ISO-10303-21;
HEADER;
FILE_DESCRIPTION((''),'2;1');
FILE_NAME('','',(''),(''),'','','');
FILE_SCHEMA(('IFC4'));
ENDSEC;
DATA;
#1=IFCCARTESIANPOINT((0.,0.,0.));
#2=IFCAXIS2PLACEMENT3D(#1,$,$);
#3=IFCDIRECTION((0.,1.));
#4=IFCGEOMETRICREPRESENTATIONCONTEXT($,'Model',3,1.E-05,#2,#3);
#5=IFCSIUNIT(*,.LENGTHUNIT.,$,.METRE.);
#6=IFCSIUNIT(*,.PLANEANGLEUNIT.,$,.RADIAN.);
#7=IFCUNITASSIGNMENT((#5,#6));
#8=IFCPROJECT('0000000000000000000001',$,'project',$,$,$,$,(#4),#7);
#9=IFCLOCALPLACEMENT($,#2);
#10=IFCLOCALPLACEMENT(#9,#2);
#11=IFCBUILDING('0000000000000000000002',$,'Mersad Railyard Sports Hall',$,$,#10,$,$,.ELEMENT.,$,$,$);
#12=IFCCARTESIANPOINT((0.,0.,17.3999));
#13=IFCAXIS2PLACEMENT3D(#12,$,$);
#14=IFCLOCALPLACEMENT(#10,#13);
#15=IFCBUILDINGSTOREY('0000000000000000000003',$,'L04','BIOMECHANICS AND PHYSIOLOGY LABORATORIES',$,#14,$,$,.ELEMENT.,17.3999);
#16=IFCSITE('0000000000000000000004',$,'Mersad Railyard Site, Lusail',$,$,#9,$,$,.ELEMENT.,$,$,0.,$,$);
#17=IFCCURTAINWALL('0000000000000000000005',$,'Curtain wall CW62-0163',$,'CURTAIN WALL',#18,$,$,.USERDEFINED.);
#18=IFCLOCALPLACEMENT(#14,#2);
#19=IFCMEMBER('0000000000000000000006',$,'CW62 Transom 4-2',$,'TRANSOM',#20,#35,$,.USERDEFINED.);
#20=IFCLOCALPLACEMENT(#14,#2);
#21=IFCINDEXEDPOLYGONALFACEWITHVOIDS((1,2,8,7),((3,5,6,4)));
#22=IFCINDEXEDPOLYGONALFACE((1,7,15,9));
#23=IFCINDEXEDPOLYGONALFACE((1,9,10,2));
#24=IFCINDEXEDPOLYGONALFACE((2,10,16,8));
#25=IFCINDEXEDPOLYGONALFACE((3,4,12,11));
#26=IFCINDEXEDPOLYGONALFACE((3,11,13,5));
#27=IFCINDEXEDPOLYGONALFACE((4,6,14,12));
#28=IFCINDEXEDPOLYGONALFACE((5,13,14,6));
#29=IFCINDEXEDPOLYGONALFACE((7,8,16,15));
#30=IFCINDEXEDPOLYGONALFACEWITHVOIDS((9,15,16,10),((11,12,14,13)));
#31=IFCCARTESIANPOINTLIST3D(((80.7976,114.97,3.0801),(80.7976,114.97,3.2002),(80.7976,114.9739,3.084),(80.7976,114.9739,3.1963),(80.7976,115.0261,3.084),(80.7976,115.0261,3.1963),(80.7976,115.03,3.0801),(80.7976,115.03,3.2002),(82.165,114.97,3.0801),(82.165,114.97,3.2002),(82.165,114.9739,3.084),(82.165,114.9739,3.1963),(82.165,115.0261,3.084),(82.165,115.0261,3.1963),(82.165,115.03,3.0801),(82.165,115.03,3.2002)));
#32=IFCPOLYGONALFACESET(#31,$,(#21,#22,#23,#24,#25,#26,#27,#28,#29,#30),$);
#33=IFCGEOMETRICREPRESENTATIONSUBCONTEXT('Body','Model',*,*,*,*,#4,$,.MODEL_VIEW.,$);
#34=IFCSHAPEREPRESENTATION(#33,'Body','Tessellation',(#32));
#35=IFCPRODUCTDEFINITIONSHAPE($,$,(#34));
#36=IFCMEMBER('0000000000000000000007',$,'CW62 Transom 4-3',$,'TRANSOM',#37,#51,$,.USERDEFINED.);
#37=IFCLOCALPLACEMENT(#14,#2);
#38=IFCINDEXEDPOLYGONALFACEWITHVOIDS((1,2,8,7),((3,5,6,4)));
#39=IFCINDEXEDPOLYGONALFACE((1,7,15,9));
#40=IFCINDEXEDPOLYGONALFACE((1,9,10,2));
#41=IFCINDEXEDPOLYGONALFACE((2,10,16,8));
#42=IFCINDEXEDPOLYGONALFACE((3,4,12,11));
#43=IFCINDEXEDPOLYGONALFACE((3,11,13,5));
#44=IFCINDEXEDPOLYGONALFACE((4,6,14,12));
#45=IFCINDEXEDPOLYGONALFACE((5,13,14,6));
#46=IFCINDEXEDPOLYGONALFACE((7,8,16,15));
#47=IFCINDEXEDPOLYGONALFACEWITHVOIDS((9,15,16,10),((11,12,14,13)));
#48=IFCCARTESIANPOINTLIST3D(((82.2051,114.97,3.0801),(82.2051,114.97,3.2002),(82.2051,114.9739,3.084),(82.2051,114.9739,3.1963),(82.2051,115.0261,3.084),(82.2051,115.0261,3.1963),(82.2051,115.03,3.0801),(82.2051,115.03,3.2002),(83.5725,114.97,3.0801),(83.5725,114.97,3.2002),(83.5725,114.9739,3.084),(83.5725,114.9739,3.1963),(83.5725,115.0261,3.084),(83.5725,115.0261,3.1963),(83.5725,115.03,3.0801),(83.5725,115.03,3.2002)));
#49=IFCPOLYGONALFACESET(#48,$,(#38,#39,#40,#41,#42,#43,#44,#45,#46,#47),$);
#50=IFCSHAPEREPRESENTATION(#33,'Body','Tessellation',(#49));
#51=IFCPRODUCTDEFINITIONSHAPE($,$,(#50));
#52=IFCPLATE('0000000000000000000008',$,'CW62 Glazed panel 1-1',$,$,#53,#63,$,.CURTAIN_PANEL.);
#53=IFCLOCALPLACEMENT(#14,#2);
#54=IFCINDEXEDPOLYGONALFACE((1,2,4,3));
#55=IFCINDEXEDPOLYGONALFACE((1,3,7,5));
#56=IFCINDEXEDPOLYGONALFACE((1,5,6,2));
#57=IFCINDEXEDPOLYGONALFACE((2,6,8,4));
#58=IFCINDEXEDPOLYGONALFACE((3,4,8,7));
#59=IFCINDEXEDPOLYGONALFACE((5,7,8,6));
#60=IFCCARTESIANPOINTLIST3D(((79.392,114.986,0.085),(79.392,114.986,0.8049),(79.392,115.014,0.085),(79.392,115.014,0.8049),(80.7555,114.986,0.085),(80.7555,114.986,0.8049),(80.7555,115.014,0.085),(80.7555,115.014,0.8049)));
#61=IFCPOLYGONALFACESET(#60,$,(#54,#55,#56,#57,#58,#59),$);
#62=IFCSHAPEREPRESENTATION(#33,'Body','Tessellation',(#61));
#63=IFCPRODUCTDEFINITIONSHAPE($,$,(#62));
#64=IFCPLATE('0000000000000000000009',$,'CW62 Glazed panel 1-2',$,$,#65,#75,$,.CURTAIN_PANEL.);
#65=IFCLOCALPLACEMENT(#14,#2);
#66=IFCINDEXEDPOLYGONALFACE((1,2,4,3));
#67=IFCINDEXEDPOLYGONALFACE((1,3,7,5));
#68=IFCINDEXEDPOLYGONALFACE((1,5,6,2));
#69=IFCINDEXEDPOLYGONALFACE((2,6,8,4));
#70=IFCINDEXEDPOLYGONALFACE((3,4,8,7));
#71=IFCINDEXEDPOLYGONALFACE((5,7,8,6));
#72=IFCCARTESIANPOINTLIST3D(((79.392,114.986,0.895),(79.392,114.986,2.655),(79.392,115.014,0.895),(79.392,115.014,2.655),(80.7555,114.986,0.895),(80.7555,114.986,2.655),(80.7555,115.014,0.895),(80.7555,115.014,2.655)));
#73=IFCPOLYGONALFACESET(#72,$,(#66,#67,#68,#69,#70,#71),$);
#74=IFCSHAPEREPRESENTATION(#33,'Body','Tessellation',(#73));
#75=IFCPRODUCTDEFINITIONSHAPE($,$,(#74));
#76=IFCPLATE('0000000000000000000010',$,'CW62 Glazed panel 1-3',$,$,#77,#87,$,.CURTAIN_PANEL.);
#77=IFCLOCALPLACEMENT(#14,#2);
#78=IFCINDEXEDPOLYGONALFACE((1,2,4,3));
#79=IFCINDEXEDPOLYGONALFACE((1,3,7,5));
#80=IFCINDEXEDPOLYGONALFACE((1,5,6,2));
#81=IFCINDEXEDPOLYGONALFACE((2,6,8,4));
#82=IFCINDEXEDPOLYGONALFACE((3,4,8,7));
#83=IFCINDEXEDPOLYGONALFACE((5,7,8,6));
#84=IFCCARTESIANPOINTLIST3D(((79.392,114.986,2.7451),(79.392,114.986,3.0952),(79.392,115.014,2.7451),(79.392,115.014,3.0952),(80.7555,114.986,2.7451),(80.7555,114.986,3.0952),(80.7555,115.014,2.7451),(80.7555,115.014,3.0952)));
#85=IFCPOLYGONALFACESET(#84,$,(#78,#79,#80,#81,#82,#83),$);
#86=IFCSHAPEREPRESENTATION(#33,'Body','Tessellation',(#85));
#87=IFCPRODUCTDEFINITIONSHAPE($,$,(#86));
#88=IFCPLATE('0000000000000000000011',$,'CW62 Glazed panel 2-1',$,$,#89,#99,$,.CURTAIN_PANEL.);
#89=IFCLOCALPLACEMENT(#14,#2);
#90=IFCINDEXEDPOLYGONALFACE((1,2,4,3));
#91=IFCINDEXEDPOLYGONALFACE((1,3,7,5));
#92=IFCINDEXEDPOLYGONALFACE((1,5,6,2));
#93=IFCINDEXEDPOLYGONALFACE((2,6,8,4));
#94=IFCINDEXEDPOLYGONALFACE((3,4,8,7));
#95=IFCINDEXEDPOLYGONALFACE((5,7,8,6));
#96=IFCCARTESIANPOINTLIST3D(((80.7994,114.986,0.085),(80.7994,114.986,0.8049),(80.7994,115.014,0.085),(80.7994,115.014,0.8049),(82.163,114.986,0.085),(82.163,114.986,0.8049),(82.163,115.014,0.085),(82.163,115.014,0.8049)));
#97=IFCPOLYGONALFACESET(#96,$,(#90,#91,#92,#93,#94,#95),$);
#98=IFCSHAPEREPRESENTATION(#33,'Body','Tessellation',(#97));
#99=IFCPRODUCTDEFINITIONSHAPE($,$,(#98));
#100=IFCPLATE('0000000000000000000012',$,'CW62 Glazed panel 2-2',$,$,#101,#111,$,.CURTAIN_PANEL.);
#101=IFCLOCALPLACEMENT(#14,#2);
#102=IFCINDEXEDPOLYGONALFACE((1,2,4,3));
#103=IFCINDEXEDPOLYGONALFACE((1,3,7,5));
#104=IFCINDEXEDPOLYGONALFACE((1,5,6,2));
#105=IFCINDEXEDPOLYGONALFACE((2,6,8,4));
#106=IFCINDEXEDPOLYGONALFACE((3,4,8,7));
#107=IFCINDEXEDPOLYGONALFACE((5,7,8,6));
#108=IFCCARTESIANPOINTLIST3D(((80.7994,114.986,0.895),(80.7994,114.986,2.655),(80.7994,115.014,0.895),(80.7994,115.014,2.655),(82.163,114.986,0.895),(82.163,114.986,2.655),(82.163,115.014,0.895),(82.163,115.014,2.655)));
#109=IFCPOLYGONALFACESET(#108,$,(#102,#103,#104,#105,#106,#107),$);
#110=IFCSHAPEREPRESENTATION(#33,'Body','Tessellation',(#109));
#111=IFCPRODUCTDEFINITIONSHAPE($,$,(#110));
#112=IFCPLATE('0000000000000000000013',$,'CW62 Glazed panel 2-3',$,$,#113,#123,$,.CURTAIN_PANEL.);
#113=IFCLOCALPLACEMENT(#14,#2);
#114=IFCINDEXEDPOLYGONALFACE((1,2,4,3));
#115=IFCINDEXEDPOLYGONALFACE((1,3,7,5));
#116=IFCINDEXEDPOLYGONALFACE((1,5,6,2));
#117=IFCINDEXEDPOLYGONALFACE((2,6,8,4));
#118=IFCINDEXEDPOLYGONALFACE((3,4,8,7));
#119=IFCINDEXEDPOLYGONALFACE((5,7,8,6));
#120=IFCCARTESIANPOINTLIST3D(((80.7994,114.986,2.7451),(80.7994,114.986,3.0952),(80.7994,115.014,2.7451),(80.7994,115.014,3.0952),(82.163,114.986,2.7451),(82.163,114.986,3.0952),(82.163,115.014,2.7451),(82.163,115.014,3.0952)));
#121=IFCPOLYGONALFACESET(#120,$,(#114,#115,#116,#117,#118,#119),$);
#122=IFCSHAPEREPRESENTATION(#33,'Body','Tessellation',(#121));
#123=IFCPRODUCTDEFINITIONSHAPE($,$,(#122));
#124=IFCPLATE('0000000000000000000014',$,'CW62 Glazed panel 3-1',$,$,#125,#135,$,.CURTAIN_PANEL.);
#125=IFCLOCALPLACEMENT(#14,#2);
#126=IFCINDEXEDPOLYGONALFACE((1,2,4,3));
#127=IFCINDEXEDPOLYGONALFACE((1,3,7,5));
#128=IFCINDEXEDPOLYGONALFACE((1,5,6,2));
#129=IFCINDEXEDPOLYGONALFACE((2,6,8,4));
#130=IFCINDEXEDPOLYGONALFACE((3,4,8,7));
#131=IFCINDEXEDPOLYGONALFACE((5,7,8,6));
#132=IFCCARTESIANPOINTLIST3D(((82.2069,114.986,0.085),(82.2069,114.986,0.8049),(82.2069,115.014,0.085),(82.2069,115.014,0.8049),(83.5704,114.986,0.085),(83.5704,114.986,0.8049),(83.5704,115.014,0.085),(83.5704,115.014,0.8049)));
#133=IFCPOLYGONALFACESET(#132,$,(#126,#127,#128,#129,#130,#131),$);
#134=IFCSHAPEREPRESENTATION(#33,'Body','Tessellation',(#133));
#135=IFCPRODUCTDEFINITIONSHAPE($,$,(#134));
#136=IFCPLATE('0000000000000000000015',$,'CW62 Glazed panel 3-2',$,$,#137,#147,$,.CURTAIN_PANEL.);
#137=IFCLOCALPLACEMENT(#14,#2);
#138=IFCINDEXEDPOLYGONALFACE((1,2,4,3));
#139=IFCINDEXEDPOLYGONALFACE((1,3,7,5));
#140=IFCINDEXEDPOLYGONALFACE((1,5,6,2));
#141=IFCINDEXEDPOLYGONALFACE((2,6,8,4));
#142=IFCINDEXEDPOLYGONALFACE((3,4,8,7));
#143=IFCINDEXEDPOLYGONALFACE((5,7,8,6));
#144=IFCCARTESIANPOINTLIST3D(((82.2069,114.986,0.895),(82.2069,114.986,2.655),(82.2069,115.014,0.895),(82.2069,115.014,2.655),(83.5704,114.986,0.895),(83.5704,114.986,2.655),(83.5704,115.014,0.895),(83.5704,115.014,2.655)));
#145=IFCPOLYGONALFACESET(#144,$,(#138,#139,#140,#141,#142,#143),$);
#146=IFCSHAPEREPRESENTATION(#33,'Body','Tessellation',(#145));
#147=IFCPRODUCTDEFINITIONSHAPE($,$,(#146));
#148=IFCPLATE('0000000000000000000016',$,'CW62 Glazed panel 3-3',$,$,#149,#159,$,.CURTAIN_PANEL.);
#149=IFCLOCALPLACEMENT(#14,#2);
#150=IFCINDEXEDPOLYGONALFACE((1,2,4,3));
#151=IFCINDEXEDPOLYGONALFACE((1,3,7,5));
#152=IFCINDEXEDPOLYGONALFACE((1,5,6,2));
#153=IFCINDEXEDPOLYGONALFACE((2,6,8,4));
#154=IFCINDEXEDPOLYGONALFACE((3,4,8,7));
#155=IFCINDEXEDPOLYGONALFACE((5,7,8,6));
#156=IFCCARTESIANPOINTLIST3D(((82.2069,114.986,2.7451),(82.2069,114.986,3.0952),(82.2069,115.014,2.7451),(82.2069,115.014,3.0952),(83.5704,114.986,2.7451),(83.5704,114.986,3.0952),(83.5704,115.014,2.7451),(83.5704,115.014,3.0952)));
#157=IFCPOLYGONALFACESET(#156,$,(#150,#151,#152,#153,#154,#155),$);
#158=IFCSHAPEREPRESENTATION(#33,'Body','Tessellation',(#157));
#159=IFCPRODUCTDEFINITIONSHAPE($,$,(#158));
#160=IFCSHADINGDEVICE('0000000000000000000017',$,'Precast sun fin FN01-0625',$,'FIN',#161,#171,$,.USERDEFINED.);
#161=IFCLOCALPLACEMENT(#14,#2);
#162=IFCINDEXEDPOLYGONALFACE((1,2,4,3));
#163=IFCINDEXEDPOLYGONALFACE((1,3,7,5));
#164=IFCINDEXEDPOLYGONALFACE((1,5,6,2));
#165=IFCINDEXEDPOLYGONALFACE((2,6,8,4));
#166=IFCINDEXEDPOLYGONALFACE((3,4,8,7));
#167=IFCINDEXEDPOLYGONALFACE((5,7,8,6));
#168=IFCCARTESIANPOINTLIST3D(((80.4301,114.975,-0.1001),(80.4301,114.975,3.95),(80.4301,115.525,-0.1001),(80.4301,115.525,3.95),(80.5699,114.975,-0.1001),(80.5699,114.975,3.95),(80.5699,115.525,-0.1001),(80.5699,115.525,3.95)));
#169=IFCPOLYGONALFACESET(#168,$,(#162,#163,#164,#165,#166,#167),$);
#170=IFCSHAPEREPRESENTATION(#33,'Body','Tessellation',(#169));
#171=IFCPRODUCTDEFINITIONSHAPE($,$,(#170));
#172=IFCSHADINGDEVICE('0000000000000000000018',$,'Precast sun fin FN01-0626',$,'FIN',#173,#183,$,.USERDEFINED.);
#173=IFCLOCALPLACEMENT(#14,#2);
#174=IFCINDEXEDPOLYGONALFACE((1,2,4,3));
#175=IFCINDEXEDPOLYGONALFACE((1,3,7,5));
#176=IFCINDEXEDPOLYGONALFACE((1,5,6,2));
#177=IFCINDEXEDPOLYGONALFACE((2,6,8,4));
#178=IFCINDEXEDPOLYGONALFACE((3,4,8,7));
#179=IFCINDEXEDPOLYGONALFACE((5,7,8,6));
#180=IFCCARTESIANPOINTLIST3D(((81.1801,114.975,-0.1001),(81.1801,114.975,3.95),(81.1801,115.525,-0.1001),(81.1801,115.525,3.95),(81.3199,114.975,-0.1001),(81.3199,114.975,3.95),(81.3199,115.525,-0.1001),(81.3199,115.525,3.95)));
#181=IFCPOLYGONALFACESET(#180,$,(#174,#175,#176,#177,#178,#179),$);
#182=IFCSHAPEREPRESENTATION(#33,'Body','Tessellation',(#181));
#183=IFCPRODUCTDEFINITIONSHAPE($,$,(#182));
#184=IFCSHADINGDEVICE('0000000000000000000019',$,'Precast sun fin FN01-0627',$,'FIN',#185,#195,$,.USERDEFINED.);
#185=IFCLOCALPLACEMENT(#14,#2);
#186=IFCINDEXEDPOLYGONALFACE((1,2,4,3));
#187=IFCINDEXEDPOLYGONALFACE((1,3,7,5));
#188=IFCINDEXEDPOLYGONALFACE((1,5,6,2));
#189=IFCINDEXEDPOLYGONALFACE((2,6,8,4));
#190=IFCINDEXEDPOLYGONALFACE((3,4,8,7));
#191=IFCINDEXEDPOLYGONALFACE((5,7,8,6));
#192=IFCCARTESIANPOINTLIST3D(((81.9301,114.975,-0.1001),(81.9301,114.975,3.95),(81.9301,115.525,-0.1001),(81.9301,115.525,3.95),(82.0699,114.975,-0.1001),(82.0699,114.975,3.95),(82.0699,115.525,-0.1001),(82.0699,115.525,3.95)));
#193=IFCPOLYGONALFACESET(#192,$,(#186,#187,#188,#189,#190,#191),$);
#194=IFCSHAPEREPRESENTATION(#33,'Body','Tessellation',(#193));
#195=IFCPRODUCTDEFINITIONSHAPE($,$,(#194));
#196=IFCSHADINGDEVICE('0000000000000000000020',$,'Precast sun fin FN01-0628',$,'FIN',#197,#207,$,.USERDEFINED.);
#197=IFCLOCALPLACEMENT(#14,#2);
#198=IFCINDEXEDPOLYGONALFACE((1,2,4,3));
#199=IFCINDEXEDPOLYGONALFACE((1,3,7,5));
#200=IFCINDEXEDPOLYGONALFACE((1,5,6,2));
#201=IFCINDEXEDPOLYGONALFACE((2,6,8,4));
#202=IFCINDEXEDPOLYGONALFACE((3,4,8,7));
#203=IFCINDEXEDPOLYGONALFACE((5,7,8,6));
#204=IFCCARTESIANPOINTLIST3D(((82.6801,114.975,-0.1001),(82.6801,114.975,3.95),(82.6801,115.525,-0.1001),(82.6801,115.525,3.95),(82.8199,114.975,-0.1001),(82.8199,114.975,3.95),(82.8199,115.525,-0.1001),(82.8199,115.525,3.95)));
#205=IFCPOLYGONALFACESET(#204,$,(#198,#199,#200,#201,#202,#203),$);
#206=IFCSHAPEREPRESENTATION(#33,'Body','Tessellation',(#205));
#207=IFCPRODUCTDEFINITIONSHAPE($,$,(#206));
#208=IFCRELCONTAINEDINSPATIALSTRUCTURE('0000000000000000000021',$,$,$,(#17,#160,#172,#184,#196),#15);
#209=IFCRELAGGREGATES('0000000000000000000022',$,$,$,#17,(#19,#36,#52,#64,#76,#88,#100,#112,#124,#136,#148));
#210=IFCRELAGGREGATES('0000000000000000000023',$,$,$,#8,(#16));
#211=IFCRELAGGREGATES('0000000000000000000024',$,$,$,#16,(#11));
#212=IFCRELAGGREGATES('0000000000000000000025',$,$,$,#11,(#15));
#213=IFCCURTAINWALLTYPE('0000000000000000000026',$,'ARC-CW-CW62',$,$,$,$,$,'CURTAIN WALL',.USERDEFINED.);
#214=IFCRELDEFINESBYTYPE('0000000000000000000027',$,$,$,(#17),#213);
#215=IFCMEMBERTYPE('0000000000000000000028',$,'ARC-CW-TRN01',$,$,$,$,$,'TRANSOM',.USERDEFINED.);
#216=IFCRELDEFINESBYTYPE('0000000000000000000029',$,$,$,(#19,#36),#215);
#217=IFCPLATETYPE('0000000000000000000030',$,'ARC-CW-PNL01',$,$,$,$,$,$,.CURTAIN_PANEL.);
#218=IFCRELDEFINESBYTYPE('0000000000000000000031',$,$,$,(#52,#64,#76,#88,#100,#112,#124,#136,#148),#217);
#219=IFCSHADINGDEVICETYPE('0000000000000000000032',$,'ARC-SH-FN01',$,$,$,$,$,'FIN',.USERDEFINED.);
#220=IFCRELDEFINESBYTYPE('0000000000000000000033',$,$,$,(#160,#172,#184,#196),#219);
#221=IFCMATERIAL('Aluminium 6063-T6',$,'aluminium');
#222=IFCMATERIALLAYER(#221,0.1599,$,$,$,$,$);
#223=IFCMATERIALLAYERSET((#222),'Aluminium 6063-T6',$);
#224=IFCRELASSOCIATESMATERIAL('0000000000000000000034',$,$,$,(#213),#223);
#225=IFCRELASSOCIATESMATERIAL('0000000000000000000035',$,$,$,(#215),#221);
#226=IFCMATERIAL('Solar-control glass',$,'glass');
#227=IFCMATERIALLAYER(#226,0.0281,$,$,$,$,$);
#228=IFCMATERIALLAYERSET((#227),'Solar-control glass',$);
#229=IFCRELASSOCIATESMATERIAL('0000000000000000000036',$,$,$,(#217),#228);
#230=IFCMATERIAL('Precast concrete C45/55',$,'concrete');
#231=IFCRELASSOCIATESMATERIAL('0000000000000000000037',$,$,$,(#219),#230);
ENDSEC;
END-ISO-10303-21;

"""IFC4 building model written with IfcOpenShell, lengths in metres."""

from ifc_helpers import new_model, si_unit, direction, frame, origin, origin_2d, place, context, subcontext, project, spatial, rectangle, hollow_rectangle, extrude, material, layer, layer_set, material_profile, profile_set, type_object, element, aggregate, save


model = new_model("IFC4")

# Units and contexts
model_context = context("Model", 3, precision=1e-05, world=origin(), true_north=direction((0.0, 1.0)))
body_context = subcontext(model_context, "Body", "Model", "MODEL_VIEW")
ifc_project = project(units=[si_unit("LENGTHUNIT", "METRE"), si_unit("PLANEANGLEUNIT", "RADIAN")], contexts=[model_context])

# Site, building, storey
site_placement = place(None, origin())
site = spatial("IfcSite", under=ifc_project, at=site_placement, Name="Mersad Railyard Site, Lusail", CompositionType="ELEMENT", RefElevation=0.0)
building_placement = place(site_placement, origin())
building = spatial("IfcBuilding", under=site, at=building_placement, Name="Mersad Railyard Sports Hall", CompositionType="ELEMENT")
storey_placement = place(building_placement, frame((0.0, 0.0, 17.3999)))
storey = spatial("IfcBuildingStorey", under=building, at=storey_placement, Name="L04", Description="BIOMECHANICS AND PHYSIOLOGY LABORATORIES", CompositionType="ELEMENT", Elevation=17.3999)

# Curtain wall, members, plates
ifc_material_1 = material(Name="Aluminium 6063-T6", Category="aluminium")
ifc_layer_1 = layer(ifc_material_1, 0.1599)
ifc_layer_set_1 = layer_set([ifc_layer_1], Name="Aluminium 6063-T6")
curtain_wall_type = type_object("IfcCurtainWallType", Name="ARC-CW-CW62", ElementType="CURTAIN WALL", PredefinedType="USERDEFINED", material=ifc_layer_set_1)
curtain_wall_placement = place(storey_placement, origin())
curtain_wall = element("IfcCurtainWall", 1, at=curtain_wall_placement, inside=storey, type_object=curtain_wall_type, Name="Curtain wall CW62-0163", ObjectType="CURTAIN WALL", PredefinedType="USERDEFINED")
ifc_material_profile_1 = material_profile(ifc_material_1, hollow_rectangle(XDim=0.0601, YDim=0.1201, WallThickness=0.0039, at=origin_2d()), Name="AL TRANSOM 60x120x4")
ifc_profile_set_1 = profile_set([ifc_material_profile_1], Name="Aluminium 6063-T6")
member_type_1 = type_object("IfcMemberType", Name="ARC-CW-TRN01", ElementType="TRANSOM", PredefinedType="USERDEFINED", material=ifc_profile_set_1)
member_1_placement = place(storey_placement, frame((80.7976, 115.0, 3.1401), z_axis=(1.0, 0.0, 0.0), x_axis=(0.0, 1.0, 0.0)))
member_1 = element("IfcMember", 2, at=member_1_placement, type_object=member_type_1, Name="CW62 Transom 4-2", ObjectType="TRANSOM", PredefinedType="USERDEFINED", context=body_context, shape_type="SweptSolid", body=[
    extrude(hollow_rectangle(XDim=0.0601, YDim=0.1201, WallThickness=0.0039, at=origin_2d()), origin(), (0.0, 0.0, 1.0), 1.3674),
])
member_2_placement = place(storey_placement, frame((82.2051, 115.0, 3.1401), z_axis=(1.0, 0.0, 0.0), x_axis=(0.0, 1.0, 0.0)))
member_2 = element("IfcMember", 3, at=member_2_placement, type_object=member_type_1, Name="CW62 Transom 4-3", ObjectType="TRANSOM", PredefinedType="USERDEFINED", context=body_context, shape_type="SweptSolid", body=[
    extrude(hollow_rectangle(XDim=0.0601, YDim=0.1201, WallThickness=0.0039, at=origin_2d()), origin(), (0.0, 0.0, 1.0), 1.3674),
])
ifc_material_2 = material(Name="Solar-control glass", Category="glass")
ifc_layer_2 = layer(ifc_material_2, 0.0281)
ifc_layer_set_2 = layer_set([ifc_layer_2], Name="Solar-control glass")
plate_type = type_object("IfcPlateType", Name="ARC-CW-PNL01", PredefinedType="CURTAIN_PANEL", material=ifc_layer_set_2)
plate_1_placement = place(storey_placement, frame((80.0737, 115.0, 0.085), z_axis=(0.0, 0.0, 1.0), x_axis=(1.0, 0.0, 0.0)))
plate_1 = element("IfcPlate", 4, at=plate_1_placement, type_object=plate_type, Name="CW62 Glazed panel 1-1", PredefinedType="CURTAIN_PANEL", context=body_context, shape_type="SweptSolid", body=[
    extrude(rectangle(XDim=1.3635, YDim=0.0281, at=origin_2d()), origin(), (0.0, 0.0, 1.0), 0.72),
])
plate_2_placement = place(storey_placement, frame((80.0737, 115.0, 0.895), z_axis=(0.0, 0.0, 1.0), x_axis=(1.0, 0.0, 0.0)))
plate_2 = element("IfcPlate", 5, at=plate_2_placement, type_object=plate_type, Name="CW62 Glazed panel 1-2", PredefinedType="CURTAIN_PANEL", context=body_context, shape_type="SweptSolid", body=[
    extrude(rectangle(XDim=1.3635, YDim=0.0281, at=origin_2d()), origin(), (0.0, 0.0, 1.0), 1.76),
])
plate_3_placement = place(storey_placement, frame((80.0737, 115.0, 2.7451), z_axis=(0.0, 0.0, 1.0), x_axis=(1.0, 0.0, 0.0)))
plate_3 = element("IfcPlate", 6, at=plate_3_placement, type_object=plate_type, Name="CW62 Glazed panel 1-3", PredefinedType="CURTAIN_PANEL", context=body_context, shape_type="SweptSolid", body=[
    extrude(rectangle(XDim=1.3635, YDim=0.0281, at=origin_2d()), origin(), (0.0, 0.0, 1.0), 0.3501),
])
plate_4_placement = place(storey_placement, frame((81.4812, 115.0, 0.085), z_axis=(0.0, 0.0, 1.0), x_axis=(1.0, 0.0, 0.0)))
plate_4 = element("IfcPlate", 7, at=plate_4_placement, type_object=plate_type, Name="CW62 Glazed panel 2-1", PredefinedType="CURTAIN_PANEL", context=body_context, shape_type="SweptSolid", body=[
    extrude(rectangle(XDim=1.3635, YDim=0.0281, at=origin_2d()), origin(), (0.0, 0.0, 1.0), 0.72),
])
plate_5_placement = place(storey_placement, frame((81.4812, 115.0, 0.895), z_axis=(0.0, 0.0, 1.0), x_axis=(1.0, 0.0, 0.0)))
plate_5 = element("IfcPlate", 8, at=plate_5_placement, type_object=plate_type, Name="CW62 Glazed panel 2-2", PredefinedType="CURTAIN_PANEL", context=body_context, shape_type="SweptSolid", body=[
    extrude(rectangle(XDim=1.3635, YDim=0.0281, at=origin_2d()), origin(), (0.0, 0.0, 1.0), 1.76),
])
plate_6_placement = place(storey_placement, frame((81.4812, 115.0, 2.7451), z_axis=(0.0, 0.0, 1.0), x_axis=(1.0, 0.0, 0.0)))
plate_6 = element("IfcPlate", 9, at=plate_6_placement, type_object=plate_type, Name="CW62 Glazed panel 2-3", PredefinedType="CURTAIN_PANEL", context=body_context, shape_type="SweptSolid", body=[
    extrude(rectangle(XDim=1.3635, YDim=0.0281, at=origin_2d()), origin(), (0.0, 0.0, 1.0), 0.3501),
])
plate_7_placement = place(storey_placement, frame((82.8887, 115.0, 0.085), z_axis=(0.0, 0.0, 1.0), x_axis=(1.0, 0.0, 0.0)))
plate_7 = element("IfcPlate", 10, at=plate_7_placement, type_object=plate_type, Name="CW62 Glazed panel 3-1", PredefinedType="CURTAIN_PANEL", context=body_context, shape_type="SweptSolid", body=[
    extrude(rectangle(XDim=1.3635, YDim=0.0281, at=origin_2d()), origin(), (0.0, 0.0, 1.0), 0.72),
])
plate_8_placement = place(storey_placement, frame((82.8887, 115.0, 0.895), z_axis=(0.0, 0.0, 1.0), x_axis=(1.0, 0.0, 0.0)))
plate_8 = element("IfcPlate", 11, at=plate_8_placement, type_object=plate_type, Name="CW62 Glazed panel 3-2", PredefinedType="CURTAIN_PANEL", context=body_context, shape_type="SweptSolid", body=[
    extrude(rectangle(XDim=1.3635, YDim=0.0281, at=origin_2d()), origin(), (0.0, 0.0, 1.0), 1.76),
])
plate_9_placement = place(storey_placement, frame((82.8887, 115.0, 2.7451), z_axis=(0.0, 0.0, 1.0), x_axis=(1.0, 0.0, 0.0)))
plate_9 = element("IfcPlate", 12, at=plate_9_placement, type_object=plate_type, Name="CW62 Glazed panel 3-3", PredefinedType="CURTAIN_PANEL", context=body_context, shape_type="SweptSolid", body=[
    extrude(rectangle(XDim=1.3635, YDim=0.0281, at=origin_2d()), origin(), (0.0, 0.0, 1.0), 0.3501),
])
aggregate(curtain_wall, [member_1, member_2, plate_1, plate_2, plate_3, plate_4, plate_5, plate_6, plate_7, plate_8, plate_9])

# Shading devices
ifc_material_3 = material(Name="Precast concrete C45/55", Category="concrete")
shading_device_type = type_object("IfcShadingDeviceType", Name="ARC-SH-FN01", ElementType="FIN", PredefinedType="USERDEFINED", material=ifc_material_3)
for number, where, z_axis, x_axis, name in (
    (13, (80.5, 115.25, -0.1001), (0.0, 0.0, 1.0), (1.0, 0.0, 0.0), "Precast sun fin FN01-0625"),
    (14, (81.25, 115.25, -0.1001), (0.0, 0.0, 1.0), (1.0, 0.0, 0.0), "Precast sun fin FN01-0626"),
    (15, (82.0, 115.25, -0.1001), (0.0, 0.0, 1.0), (1.0, 0.0, 0.0), "Precast sun fin FN01-0627"),
    (16, (82.75, 115.25, -0.1001), (0.0, 0.0, 1.0), (1.0, 0.0, 0.0), "Precast sun fin FN01-0628"),
):
    element("IfcShadingDevice", number, at=place(storey_placement, frame(where, z_axis=z_axis, x_axis=x_axis)), inside=storey, type_object=shading_device_type, Name=name, ObjectType="FIN", PredefinedType="USERDEFINED", context=body_context, shape_type="SweptSolid", body=[
        extrude(rectangle(XDim=0.1399, YDim=0.55, at=origin_2d()), origin(), (0.0, 0.0, 1.0), 4.05),
    ])

save(model, "model.ifc")
